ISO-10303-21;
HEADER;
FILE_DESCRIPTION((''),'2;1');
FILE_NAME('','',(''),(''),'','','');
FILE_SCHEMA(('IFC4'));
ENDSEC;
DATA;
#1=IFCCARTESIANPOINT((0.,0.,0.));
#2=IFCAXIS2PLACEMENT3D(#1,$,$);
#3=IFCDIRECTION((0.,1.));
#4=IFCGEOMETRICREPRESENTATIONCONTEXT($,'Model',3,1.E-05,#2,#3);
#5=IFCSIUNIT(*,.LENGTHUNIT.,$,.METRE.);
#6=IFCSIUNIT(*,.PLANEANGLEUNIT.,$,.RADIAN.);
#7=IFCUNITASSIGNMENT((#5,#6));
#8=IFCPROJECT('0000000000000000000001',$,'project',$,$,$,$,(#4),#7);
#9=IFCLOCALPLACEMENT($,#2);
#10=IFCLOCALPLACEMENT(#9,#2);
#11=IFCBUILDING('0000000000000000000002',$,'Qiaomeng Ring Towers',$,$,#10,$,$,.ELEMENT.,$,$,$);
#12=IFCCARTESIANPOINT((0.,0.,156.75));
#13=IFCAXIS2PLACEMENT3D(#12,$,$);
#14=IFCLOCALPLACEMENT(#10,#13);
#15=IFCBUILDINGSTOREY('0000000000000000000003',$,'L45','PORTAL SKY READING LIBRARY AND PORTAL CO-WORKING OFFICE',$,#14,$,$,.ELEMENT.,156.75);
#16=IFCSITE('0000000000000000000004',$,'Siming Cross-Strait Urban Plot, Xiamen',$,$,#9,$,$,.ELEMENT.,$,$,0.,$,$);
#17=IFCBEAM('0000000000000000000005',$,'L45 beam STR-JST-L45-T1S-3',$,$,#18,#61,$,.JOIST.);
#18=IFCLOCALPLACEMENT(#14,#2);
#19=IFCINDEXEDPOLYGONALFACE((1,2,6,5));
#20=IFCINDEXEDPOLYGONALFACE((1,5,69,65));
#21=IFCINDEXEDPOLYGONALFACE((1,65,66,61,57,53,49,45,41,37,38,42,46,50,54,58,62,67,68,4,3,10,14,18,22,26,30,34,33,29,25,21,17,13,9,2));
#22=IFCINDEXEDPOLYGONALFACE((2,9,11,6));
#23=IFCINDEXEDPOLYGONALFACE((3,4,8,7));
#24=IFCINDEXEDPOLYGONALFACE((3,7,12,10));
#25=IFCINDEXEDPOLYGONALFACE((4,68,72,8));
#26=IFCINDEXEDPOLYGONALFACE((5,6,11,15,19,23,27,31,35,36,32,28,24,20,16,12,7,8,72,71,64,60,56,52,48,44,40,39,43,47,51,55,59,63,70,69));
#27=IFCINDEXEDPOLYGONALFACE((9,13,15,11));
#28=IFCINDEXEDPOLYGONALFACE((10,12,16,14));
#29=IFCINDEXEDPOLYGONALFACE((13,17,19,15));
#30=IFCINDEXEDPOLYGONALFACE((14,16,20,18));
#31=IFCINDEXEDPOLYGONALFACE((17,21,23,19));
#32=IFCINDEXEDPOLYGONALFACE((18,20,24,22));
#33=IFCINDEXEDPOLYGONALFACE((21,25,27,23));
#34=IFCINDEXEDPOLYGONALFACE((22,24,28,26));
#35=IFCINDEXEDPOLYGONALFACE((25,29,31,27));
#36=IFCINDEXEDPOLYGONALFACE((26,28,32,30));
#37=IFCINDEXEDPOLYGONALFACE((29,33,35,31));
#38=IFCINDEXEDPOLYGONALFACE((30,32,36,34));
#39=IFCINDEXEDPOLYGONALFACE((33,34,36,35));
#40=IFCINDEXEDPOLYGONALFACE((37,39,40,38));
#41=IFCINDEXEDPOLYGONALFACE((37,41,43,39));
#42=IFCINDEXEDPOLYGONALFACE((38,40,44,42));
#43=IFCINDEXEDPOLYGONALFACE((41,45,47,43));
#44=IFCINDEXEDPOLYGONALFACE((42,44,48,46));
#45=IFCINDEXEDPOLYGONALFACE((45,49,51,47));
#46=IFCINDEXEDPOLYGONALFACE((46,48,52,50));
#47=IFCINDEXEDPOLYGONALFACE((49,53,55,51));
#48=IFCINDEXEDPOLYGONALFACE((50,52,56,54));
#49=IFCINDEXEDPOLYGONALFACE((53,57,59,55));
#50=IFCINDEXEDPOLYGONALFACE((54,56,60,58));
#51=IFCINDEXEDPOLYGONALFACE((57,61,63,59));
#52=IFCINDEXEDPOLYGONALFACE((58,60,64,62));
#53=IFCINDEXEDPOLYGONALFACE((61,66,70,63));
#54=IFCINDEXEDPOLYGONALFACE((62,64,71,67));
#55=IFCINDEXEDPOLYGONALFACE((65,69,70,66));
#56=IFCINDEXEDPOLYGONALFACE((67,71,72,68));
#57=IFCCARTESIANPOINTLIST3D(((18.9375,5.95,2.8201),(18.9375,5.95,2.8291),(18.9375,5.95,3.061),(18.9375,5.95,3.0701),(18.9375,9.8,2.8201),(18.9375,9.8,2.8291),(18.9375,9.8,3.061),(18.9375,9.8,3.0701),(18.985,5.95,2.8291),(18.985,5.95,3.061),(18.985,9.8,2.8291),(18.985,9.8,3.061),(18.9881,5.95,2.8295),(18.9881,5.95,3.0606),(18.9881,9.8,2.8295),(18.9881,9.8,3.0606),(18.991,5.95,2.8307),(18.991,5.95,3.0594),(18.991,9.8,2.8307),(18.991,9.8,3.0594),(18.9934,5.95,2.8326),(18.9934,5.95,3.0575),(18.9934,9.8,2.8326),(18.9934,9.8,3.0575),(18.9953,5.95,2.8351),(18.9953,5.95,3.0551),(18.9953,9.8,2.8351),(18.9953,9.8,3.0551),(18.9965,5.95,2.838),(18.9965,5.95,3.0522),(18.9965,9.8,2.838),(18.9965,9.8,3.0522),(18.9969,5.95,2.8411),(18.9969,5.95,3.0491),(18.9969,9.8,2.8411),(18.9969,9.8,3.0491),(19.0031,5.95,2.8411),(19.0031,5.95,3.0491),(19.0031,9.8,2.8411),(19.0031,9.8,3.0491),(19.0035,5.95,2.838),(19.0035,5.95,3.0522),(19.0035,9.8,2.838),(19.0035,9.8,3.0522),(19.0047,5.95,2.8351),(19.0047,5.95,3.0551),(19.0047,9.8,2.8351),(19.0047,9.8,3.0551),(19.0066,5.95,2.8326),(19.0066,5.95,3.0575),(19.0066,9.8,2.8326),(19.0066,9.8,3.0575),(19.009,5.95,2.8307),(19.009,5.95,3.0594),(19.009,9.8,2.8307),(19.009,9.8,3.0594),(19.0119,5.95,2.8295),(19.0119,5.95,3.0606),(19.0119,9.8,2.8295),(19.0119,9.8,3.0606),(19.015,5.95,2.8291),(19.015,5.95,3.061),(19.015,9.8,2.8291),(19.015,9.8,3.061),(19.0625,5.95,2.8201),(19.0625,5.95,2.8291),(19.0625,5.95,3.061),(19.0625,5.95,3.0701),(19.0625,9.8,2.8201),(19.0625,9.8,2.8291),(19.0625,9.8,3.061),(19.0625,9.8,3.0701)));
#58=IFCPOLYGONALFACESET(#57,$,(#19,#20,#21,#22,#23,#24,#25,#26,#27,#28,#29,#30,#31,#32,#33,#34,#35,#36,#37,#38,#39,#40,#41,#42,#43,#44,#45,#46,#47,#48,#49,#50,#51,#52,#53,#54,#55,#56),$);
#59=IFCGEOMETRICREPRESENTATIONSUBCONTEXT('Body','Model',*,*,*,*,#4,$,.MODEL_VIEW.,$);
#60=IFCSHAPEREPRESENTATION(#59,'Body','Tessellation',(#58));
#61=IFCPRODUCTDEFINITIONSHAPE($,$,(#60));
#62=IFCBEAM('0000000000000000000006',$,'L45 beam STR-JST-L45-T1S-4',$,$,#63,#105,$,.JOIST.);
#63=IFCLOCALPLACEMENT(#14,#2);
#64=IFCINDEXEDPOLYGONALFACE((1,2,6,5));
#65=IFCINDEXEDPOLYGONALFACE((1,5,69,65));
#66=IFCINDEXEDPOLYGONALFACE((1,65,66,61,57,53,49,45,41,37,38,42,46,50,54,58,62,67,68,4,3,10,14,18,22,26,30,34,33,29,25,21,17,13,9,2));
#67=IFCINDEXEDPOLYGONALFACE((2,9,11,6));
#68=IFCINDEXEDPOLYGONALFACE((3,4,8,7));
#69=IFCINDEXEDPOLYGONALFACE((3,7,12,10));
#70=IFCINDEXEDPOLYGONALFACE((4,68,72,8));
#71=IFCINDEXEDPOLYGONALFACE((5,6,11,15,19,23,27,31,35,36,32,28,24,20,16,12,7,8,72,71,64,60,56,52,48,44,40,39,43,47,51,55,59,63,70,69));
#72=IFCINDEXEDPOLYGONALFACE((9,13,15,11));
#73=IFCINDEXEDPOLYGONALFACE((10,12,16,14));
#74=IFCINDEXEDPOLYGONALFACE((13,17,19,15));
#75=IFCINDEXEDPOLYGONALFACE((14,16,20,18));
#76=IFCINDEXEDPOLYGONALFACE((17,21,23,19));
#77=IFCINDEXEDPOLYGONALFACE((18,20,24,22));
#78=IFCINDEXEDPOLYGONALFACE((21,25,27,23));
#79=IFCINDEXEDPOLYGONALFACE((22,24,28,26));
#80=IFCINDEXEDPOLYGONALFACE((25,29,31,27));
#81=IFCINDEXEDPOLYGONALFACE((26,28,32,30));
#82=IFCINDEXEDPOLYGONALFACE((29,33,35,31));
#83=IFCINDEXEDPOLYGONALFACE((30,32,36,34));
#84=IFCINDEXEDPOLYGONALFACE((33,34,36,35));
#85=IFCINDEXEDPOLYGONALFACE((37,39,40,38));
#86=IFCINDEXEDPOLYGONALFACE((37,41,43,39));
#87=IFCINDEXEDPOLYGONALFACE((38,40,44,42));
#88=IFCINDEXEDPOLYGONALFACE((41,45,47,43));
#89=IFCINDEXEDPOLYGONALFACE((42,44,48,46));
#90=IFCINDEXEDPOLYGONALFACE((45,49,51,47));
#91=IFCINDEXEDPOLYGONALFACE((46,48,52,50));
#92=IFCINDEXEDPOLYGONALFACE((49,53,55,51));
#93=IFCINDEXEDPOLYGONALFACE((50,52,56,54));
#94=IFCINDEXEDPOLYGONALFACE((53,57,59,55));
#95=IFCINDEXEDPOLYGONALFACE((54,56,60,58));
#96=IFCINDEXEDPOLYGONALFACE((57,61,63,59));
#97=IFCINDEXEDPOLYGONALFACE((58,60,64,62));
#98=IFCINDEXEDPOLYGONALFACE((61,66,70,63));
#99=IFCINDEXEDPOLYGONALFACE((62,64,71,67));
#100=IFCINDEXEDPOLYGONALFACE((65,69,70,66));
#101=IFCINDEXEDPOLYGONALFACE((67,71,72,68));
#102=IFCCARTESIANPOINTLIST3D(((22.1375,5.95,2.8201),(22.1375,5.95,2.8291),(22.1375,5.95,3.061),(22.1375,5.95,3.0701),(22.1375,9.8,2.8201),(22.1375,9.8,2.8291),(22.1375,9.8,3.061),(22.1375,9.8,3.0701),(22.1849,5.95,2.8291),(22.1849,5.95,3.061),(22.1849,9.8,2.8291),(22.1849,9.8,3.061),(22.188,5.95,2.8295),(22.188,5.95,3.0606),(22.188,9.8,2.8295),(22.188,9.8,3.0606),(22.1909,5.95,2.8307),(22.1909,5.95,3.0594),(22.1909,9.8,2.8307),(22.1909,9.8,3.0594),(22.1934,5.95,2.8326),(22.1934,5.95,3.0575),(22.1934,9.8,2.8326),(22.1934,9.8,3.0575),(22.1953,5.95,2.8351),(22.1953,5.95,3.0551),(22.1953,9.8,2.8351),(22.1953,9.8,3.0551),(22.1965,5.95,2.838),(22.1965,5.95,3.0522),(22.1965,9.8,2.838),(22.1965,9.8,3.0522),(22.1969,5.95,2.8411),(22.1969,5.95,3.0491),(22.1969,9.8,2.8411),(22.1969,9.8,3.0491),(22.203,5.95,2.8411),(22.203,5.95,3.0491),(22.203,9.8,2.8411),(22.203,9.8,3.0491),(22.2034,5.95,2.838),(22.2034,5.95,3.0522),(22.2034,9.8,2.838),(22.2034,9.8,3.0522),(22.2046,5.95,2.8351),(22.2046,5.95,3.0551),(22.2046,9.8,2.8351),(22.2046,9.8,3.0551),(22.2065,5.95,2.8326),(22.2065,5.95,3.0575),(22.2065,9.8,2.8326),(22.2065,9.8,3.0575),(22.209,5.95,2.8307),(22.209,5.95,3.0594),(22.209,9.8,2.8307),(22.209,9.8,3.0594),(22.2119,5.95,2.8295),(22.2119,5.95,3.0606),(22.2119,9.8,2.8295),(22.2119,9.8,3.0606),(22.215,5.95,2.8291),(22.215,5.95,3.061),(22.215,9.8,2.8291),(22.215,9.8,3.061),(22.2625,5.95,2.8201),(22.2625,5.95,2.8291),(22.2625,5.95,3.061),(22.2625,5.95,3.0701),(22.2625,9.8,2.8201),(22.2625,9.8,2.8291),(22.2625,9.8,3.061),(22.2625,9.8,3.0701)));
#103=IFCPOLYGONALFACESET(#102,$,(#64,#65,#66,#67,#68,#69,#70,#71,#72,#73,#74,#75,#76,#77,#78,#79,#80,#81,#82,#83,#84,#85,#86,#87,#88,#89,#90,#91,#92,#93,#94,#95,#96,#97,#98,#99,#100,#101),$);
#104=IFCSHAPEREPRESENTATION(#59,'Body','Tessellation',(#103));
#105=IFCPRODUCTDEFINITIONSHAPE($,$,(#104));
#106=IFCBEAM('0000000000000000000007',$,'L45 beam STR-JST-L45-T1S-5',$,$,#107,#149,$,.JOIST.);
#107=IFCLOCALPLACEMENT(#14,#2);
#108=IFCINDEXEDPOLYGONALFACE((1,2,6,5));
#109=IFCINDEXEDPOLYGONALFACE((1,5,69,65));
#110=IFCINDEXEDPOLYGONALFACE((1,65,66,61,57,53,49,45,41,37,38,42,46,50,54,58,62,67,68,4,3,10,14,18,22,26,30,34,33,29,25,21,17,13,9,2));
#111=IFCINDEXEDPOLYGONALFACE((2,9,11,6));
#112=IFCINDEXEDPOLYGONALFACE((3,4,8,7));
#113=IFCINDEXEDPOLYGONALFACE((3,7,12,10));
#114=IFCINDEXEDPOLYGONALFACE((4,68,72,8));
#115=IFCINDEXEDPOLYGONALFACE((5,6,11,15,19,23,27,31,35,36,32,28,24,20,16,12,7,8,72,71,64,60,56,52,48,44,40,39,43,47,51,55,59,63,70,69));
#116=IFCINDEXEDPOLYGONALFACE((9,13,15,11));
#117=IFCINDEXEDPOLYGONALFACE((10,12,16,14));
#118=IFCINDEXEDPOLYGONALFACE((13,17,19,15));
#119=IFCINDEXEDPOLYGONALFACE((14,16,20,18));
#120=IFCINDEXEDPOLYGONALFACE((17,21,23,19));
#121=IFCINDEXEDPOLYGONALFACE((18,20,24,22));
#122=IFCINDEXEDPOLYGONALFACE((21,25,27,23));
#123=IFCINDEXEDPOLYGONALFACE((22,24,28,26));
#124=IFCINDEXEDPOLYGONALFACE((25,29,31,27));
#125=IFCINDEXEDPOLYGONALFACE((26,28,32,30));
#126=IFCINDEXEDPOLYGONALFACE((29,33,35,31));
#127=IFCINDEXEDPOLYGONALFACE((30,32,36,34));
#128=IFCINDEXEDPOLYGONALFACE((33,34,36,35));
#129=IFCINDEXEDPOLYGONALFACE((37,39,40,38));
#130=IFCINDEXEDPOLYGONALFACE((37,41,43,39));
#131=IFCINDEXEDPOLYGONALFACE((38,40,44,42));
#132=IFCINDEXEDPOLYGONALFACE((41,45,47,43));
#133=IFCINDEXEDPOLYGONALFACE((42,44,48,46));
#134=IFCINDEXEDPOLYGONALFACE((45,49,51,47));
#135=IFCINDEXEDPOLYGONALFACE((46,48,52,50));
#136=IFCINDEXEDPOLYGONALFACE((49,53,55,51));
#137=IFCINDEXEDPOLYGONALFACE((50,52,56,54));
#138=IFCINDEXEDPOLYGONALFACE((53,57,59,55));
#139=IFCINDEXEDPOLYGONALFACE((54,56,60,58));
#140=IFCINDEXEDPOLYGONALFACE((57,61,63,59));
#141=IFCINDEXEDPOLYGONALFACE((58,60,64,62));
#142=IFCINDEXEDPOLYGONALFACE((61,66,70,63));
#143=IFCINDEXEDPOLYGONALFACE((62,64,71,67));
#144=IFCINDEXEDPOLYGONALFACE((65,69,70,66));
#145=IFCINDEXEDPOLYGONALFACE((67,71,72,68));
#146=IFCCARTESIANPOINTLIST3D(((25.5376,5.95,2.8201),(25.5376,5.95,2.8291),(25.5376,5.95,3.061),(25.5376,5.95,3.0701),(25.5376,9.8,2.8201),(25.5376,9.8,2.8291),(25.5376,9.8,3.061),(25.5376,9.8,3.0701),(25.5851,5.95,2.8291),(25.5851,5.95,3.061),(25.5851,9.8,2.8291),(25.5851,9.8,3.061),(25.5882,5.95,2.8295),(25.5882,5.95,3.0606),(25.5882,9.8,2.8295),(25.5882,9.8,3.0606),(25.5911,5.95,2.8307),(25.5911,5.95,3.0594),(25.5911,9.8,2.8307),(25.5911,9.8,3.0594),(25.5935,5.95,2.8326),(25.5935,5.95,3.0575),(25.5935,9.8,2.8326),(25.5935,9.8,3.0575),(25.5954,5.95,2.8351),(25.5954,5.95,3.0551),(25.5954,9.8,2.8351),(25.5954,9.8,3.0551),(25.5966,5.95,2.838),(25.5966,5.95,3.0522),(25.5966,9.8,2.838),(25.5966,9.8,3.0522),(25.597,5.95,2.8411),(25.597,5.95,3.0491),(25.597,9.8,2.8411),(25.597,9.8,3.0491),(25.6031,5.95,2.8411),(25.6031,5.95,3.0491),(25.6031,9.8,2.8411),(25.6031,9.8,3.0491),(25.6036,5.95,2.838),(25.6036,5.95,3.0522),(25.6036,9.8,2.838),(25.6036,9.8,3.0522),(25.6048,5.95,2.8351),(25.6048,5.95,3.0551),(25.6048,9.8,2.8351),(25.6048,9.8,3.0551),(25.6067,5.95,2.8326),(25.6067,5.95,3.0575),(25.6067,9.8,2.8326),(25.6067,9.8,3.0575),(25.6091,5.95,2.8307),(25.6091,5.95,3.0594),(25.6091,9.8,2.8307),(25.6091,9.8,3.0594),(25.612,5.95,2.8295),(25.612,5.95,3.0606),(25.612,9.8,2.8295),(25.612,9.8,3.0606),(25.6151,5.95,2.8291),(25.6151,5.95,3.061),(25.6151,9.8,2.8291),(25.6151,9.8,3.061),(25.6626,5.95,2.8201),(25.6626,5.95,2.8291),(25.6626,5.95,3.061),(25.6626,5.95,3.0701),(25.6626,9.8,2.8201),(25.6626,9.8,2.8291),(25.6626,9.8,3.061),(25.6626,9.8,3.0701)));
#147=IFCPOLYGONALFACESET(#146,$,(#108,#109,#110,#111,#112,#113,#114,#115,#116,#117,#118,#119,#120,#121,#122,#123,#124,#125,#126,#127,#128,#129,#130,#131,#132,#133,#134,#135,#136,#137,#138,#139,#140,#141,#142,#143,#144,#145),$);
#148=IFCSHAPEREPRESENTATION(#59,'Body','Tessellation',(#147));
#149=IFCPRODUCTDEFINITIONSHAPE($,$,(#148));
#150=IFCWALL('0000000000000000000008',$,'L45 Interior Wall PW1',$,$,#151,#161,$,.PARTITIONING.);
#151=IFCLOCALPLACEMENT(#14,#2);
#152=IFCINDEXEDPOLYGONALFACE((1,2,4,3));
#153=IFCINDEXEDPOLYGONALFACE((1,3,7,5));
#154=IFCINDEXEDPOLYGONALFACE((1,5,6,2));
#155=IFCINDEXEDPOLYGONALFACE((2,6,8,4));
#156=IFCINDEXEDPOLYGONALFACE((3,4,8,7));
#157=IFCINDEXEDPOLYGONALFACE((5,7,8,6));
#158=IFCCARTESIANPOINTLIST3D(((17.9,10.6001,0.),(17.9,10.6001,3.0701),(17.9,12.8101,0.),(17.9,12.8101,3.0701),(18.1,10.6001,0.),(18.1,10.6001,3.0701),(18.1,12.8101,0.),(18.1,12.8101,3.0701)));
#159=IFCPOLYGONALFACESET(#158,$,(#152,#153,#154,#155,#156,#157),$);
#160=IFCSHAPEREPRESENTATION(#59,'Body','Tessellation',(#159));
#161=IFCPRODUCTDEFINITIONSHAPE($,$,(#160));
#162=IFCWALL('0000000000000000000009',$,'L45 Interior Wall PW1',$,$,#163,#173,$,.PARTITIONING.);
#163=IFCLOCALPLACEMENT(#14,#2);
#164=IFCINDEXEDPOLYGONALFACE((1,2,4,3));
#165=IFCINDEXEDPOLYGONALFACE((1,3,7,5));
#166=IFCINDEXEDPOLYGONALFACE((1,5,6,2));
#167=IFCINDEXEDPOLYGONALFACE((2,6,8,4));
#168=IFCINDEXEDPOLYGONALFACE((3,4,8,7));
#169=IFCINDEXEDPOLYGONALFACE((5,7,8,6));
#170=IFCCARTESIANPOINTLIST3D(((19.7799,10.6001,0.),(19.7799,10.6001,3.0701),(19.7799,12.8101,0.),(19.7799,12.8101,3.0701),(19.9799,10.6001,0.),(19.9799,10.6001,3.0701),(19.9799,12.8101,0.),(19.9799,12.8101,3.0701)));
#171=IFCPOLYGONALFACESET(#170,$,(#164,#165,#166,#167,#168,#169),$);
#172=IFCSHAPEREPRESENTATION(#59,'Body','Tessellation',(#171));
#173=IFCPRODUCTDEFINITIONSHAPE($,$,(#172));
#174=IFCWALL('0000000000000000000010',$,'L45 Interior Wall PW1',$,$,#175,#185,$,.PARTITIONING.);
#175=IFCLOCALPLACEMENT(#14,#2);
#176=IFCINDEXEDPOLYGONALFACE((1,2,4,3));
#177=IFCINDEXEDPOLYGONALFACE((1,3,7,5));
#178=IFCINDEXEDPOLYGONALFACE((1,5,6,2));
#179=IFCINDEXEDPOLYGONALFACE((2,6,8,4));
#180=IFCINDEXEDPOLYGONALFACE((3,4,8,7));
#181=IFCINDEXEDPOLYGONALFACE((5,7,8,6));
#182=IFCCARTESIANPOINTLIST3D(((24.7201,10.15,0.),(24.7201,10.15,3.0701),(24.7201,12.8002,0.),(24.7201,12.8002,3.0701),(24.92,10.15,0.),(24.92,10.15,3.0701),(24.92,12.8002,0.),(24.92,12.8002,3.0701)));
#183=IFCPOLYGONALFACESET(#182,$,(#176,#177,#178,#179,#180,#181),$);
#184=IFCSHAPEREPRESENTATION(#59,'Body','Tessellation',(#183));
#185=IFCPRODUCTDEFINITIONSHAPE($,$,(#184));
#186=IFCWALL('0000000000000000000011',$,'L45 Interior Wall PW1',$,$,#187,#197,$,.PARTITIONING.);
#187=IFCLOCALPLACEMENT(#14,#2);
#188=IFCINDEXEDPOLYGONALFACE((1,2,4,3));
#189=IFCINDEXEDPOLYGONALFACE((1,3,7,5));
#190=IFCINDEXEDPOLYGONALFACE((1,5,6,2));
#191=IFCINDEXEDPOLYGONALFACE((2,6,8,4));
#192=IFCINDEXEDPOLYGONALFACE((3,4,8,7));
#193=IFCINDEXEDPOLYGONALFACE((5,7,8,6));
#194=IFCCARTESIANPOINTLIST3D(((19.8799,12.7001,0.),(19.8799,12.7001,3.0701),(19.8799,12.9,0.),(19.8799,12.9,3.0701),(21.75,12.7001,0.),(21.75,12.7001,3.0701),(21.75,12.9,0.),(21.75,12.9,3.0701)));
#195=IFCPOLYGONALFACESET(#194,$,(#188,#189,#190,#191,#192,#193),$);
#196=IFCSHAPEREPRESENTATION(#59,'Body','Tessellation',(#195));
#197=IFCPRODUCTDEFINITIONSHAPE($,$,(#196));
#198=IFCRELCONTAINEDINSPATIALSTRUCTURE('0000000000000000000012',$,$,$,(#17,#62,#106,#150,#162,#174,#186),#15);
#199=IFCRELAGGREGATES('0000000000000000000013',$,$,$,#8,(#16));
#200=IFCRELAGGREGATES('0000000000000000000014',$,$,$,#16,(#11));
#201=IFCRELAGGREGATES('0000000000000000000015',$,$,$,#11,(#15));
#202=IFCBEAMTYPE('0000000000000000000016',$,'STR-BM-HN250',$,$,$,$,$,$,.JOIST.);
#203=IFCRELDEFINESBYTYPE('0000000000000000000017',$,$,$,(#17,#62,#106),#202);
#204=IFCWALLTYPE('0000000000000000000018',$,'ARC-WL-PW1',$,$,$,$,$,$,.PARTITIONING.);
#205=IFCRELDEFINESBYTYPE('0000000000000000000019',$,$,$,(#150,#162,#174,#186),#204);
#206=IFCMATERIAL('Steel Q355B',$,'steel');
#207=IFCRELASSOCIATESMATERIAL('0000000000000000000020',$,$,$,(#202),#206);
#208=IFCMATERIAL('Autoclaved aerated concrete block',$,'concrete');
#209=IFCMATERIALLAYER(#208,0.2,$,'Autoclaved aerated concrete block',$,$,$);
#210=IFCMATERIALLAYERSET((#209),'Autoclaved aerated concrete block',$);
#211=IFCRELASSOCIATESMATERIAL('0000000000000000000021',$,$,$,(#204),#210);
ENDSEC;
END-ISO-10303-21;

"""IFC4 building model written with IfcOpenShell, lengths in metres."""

from ifc_helpers import new_model, si_unit, direction, frame, frame_2d, origin, origin_2d, place, context, subcontext, project, spatial, rectangle, i_section, extrude, source, transform, mapped, material, layer, layer_set, material_profile, profile_set, type_object, element, save


model = new_model("IFC4")

# Units and contexts
model_context = context("Model", 3, precision=1e-05, world=origin(), true_north=direction((0.0, 1.0)))
body_context = subcontext(model_context, "Body", "Model", "MODEL_VIEW")
ifc_project = project(units=[si_unit("LENGTHUNIT", "METRE"), si_unit("PLANEANGLEUNIT", "RADIAN")], contexts=[model_context])

# Site, building, storey
site_placement = place(None, origin())
site = spatial("IfcSite", under=ifc_project, at=site_placement, Name="Siming Cross-Strait Urban Plot, Xiamen", CompositionType="ELEMENT", RefElevation=0.0)
building_placement = place(site_placement, origin())
building = spatial("IfcBuilding", under=site, at=building_placement, Name="Qiaomeng Ring Towers", CompositionType="ELEMENT")
storey_placement = place(building_placement, frame((0.0, 0.0, 156.75)))
storey = spatial("IfcBuildingStorey", under=building, at=storey_placement, Name="L45", Description="PORTAL SKY READING LIBRARY AND PORTAL CO-WORKING OFFICE", CompositionType="ELEMENT", Elevation=156.75)

# Beams
ifc_material_1 = material(Name="Steel Q355B", Category="steel")
ifc_material_profile = material_profile(ifc_material_1, i_section(OverallWidth=0.125, OverallDepth=0.25, WebThickness=0.0061, FlangeThickness=0.009, FilletRadius=0.012, at=origin_2d()), Name="HN 250x125x6x9")
ifc_profile_set = profile_set([ifc_material_profile], Name="Steel Q355B")
beam_type = type_object("IfcBeamType", Name="STR-BM-HN250", PredefinedType="JOIST", material=ifc_profile_set)
shared_shape_1 = source(origin(), body_context, "Body", "SweptSolid", [
    extrude(i_section(OverallWidth=0.125, OverallDepth=0.25, WebThickness=0.0061, FlangeThickness=0.009, FilletRadius=0.012, at=origin_2d()), origin(), (0.0, 0.0, 1.0), 3.8501),
])
for number, where, z_axis, x_axis, name in (
    (1, (19.0, 5.95, 2.9451), (0.0, 1.0, 0.0), (-1.0, 0.0, 0.0), "L45 beam STR-JST-L45-T1S-3"),
    (2, (22.2, 5.95, 2.9451), (0.0, 1.0, 0.0), (-1.0, 0.0, 0.0), "L45 beam STR-JST-L45-T1S-4"),
    (3, (25.6001, 5.95, 2.9451), (0.0, 1.0, 0.0), (-1.0, 0.0, 0.0), "L45 beam STR-JST-L45-T1S-5"),
):
    element("IfcBeam", number, at=place(storey_placement, frame(where, z_axis=z_axis, x_axis=x_axis)), inside=storey, type_object=beam_type, Name=name, PredefinedType="JOIST", context=body_context, shape_type="MappedRepresentation", body=[
        mapped(shared_shape_1, transform((0.0, 0.0, 0.0), x_axis=(1.0, 0.0, 0.0), y_axis=(0.0, 1.0, 0.0), z_axis=(0.0, 0.0, 1.0), scale=1.0)),
    ])

# Walls
ifc_material_2 = material(Name="Autoclaved aerated concrete block", Category="concrete")
ifc_layer_1 = layer(ifc_material_2, 0.2, Name="Autoclaved aerated concrete block")
ifc_layer_set_1 = layer_set([ifc_layer_1], Name="Autoclaved aerated concrete block")
wall_type_1 = type_object("IfcWallType", Name="ARC-WL-PW1", PredefinedType="PARTITIONING", material=ifc_layer_set_1)
for number, where, z_axis, x_axis, name in (
    (4, (18.0, 10.6001, 0.0), (0.0, 0.0, 1.0), (0.0, 1.0, 0.0), "L45 Interior Wall PW1"),
    (5, (19.8799, 10.6001, 0.0), (0.0, 0.0, 1.0), (0.0, 1.0, 0.0), "L45 Interior Wall PW1"),
):
    element("IfcWall", number, at=place(storey_placement, frame(where, z_axis=z_axis, x_axis=x_axis)), inside=storey, type_object=wall_type_1, Name=name, PredefinedType="PARTITIONING", context=body_context, shape_type="SweptSolid", body=[
        extrude(rectangle(XDim=2.21, YDim=0.2, at=frame_2d((1.105, 0.0))), origin(), (0.0, 0.0, 1.0), 3.0701),
    ])
wall_1_placement = place(storey_placement, frame((24.8201, 10.1499, 0.0), z_axis=(0.0, 0.0, 1.0), x_axis=(0.0, 1.0, 0.0)))
element("IfcWall", 6, at=wall_1_placement, inside=storey, type_object=wall_type_1, Name="L45 Interior Wall PW1", PredefinedType="PARTITIONING", context=body_context, shape_type="SweptSolid", body=[
    extrude(rectangle(XDim=2.6501, YDim=0.2, at=frame_2d((1.3252, 0.0))), origin(), (0.0, 0.0, 1.0), 3.0701),
])
wall_2_placement = place(storey_placement, frame((19.8799, 12.8, 0.0), z_axis=(0.0, 0.0, 1.0), x_axis=(1.0, 0.0, 0.0)))
element("IfcWall", 7, at=wall_2_placement, inside=storey, type_object=wall_type_1, Name="L45 Interior Wall PW1", PredefinedType="PARTITIONING", context=body_context, shape_type="SweptSolid", body=[
    extrude(rectangle(XDim=1.8701, YDim=0.2, at=frame_2d((0.9351, 0.0))), origin(), (0.0, 0.0, 1.0), 3.0701),
])

save(model, "model.ifc")
